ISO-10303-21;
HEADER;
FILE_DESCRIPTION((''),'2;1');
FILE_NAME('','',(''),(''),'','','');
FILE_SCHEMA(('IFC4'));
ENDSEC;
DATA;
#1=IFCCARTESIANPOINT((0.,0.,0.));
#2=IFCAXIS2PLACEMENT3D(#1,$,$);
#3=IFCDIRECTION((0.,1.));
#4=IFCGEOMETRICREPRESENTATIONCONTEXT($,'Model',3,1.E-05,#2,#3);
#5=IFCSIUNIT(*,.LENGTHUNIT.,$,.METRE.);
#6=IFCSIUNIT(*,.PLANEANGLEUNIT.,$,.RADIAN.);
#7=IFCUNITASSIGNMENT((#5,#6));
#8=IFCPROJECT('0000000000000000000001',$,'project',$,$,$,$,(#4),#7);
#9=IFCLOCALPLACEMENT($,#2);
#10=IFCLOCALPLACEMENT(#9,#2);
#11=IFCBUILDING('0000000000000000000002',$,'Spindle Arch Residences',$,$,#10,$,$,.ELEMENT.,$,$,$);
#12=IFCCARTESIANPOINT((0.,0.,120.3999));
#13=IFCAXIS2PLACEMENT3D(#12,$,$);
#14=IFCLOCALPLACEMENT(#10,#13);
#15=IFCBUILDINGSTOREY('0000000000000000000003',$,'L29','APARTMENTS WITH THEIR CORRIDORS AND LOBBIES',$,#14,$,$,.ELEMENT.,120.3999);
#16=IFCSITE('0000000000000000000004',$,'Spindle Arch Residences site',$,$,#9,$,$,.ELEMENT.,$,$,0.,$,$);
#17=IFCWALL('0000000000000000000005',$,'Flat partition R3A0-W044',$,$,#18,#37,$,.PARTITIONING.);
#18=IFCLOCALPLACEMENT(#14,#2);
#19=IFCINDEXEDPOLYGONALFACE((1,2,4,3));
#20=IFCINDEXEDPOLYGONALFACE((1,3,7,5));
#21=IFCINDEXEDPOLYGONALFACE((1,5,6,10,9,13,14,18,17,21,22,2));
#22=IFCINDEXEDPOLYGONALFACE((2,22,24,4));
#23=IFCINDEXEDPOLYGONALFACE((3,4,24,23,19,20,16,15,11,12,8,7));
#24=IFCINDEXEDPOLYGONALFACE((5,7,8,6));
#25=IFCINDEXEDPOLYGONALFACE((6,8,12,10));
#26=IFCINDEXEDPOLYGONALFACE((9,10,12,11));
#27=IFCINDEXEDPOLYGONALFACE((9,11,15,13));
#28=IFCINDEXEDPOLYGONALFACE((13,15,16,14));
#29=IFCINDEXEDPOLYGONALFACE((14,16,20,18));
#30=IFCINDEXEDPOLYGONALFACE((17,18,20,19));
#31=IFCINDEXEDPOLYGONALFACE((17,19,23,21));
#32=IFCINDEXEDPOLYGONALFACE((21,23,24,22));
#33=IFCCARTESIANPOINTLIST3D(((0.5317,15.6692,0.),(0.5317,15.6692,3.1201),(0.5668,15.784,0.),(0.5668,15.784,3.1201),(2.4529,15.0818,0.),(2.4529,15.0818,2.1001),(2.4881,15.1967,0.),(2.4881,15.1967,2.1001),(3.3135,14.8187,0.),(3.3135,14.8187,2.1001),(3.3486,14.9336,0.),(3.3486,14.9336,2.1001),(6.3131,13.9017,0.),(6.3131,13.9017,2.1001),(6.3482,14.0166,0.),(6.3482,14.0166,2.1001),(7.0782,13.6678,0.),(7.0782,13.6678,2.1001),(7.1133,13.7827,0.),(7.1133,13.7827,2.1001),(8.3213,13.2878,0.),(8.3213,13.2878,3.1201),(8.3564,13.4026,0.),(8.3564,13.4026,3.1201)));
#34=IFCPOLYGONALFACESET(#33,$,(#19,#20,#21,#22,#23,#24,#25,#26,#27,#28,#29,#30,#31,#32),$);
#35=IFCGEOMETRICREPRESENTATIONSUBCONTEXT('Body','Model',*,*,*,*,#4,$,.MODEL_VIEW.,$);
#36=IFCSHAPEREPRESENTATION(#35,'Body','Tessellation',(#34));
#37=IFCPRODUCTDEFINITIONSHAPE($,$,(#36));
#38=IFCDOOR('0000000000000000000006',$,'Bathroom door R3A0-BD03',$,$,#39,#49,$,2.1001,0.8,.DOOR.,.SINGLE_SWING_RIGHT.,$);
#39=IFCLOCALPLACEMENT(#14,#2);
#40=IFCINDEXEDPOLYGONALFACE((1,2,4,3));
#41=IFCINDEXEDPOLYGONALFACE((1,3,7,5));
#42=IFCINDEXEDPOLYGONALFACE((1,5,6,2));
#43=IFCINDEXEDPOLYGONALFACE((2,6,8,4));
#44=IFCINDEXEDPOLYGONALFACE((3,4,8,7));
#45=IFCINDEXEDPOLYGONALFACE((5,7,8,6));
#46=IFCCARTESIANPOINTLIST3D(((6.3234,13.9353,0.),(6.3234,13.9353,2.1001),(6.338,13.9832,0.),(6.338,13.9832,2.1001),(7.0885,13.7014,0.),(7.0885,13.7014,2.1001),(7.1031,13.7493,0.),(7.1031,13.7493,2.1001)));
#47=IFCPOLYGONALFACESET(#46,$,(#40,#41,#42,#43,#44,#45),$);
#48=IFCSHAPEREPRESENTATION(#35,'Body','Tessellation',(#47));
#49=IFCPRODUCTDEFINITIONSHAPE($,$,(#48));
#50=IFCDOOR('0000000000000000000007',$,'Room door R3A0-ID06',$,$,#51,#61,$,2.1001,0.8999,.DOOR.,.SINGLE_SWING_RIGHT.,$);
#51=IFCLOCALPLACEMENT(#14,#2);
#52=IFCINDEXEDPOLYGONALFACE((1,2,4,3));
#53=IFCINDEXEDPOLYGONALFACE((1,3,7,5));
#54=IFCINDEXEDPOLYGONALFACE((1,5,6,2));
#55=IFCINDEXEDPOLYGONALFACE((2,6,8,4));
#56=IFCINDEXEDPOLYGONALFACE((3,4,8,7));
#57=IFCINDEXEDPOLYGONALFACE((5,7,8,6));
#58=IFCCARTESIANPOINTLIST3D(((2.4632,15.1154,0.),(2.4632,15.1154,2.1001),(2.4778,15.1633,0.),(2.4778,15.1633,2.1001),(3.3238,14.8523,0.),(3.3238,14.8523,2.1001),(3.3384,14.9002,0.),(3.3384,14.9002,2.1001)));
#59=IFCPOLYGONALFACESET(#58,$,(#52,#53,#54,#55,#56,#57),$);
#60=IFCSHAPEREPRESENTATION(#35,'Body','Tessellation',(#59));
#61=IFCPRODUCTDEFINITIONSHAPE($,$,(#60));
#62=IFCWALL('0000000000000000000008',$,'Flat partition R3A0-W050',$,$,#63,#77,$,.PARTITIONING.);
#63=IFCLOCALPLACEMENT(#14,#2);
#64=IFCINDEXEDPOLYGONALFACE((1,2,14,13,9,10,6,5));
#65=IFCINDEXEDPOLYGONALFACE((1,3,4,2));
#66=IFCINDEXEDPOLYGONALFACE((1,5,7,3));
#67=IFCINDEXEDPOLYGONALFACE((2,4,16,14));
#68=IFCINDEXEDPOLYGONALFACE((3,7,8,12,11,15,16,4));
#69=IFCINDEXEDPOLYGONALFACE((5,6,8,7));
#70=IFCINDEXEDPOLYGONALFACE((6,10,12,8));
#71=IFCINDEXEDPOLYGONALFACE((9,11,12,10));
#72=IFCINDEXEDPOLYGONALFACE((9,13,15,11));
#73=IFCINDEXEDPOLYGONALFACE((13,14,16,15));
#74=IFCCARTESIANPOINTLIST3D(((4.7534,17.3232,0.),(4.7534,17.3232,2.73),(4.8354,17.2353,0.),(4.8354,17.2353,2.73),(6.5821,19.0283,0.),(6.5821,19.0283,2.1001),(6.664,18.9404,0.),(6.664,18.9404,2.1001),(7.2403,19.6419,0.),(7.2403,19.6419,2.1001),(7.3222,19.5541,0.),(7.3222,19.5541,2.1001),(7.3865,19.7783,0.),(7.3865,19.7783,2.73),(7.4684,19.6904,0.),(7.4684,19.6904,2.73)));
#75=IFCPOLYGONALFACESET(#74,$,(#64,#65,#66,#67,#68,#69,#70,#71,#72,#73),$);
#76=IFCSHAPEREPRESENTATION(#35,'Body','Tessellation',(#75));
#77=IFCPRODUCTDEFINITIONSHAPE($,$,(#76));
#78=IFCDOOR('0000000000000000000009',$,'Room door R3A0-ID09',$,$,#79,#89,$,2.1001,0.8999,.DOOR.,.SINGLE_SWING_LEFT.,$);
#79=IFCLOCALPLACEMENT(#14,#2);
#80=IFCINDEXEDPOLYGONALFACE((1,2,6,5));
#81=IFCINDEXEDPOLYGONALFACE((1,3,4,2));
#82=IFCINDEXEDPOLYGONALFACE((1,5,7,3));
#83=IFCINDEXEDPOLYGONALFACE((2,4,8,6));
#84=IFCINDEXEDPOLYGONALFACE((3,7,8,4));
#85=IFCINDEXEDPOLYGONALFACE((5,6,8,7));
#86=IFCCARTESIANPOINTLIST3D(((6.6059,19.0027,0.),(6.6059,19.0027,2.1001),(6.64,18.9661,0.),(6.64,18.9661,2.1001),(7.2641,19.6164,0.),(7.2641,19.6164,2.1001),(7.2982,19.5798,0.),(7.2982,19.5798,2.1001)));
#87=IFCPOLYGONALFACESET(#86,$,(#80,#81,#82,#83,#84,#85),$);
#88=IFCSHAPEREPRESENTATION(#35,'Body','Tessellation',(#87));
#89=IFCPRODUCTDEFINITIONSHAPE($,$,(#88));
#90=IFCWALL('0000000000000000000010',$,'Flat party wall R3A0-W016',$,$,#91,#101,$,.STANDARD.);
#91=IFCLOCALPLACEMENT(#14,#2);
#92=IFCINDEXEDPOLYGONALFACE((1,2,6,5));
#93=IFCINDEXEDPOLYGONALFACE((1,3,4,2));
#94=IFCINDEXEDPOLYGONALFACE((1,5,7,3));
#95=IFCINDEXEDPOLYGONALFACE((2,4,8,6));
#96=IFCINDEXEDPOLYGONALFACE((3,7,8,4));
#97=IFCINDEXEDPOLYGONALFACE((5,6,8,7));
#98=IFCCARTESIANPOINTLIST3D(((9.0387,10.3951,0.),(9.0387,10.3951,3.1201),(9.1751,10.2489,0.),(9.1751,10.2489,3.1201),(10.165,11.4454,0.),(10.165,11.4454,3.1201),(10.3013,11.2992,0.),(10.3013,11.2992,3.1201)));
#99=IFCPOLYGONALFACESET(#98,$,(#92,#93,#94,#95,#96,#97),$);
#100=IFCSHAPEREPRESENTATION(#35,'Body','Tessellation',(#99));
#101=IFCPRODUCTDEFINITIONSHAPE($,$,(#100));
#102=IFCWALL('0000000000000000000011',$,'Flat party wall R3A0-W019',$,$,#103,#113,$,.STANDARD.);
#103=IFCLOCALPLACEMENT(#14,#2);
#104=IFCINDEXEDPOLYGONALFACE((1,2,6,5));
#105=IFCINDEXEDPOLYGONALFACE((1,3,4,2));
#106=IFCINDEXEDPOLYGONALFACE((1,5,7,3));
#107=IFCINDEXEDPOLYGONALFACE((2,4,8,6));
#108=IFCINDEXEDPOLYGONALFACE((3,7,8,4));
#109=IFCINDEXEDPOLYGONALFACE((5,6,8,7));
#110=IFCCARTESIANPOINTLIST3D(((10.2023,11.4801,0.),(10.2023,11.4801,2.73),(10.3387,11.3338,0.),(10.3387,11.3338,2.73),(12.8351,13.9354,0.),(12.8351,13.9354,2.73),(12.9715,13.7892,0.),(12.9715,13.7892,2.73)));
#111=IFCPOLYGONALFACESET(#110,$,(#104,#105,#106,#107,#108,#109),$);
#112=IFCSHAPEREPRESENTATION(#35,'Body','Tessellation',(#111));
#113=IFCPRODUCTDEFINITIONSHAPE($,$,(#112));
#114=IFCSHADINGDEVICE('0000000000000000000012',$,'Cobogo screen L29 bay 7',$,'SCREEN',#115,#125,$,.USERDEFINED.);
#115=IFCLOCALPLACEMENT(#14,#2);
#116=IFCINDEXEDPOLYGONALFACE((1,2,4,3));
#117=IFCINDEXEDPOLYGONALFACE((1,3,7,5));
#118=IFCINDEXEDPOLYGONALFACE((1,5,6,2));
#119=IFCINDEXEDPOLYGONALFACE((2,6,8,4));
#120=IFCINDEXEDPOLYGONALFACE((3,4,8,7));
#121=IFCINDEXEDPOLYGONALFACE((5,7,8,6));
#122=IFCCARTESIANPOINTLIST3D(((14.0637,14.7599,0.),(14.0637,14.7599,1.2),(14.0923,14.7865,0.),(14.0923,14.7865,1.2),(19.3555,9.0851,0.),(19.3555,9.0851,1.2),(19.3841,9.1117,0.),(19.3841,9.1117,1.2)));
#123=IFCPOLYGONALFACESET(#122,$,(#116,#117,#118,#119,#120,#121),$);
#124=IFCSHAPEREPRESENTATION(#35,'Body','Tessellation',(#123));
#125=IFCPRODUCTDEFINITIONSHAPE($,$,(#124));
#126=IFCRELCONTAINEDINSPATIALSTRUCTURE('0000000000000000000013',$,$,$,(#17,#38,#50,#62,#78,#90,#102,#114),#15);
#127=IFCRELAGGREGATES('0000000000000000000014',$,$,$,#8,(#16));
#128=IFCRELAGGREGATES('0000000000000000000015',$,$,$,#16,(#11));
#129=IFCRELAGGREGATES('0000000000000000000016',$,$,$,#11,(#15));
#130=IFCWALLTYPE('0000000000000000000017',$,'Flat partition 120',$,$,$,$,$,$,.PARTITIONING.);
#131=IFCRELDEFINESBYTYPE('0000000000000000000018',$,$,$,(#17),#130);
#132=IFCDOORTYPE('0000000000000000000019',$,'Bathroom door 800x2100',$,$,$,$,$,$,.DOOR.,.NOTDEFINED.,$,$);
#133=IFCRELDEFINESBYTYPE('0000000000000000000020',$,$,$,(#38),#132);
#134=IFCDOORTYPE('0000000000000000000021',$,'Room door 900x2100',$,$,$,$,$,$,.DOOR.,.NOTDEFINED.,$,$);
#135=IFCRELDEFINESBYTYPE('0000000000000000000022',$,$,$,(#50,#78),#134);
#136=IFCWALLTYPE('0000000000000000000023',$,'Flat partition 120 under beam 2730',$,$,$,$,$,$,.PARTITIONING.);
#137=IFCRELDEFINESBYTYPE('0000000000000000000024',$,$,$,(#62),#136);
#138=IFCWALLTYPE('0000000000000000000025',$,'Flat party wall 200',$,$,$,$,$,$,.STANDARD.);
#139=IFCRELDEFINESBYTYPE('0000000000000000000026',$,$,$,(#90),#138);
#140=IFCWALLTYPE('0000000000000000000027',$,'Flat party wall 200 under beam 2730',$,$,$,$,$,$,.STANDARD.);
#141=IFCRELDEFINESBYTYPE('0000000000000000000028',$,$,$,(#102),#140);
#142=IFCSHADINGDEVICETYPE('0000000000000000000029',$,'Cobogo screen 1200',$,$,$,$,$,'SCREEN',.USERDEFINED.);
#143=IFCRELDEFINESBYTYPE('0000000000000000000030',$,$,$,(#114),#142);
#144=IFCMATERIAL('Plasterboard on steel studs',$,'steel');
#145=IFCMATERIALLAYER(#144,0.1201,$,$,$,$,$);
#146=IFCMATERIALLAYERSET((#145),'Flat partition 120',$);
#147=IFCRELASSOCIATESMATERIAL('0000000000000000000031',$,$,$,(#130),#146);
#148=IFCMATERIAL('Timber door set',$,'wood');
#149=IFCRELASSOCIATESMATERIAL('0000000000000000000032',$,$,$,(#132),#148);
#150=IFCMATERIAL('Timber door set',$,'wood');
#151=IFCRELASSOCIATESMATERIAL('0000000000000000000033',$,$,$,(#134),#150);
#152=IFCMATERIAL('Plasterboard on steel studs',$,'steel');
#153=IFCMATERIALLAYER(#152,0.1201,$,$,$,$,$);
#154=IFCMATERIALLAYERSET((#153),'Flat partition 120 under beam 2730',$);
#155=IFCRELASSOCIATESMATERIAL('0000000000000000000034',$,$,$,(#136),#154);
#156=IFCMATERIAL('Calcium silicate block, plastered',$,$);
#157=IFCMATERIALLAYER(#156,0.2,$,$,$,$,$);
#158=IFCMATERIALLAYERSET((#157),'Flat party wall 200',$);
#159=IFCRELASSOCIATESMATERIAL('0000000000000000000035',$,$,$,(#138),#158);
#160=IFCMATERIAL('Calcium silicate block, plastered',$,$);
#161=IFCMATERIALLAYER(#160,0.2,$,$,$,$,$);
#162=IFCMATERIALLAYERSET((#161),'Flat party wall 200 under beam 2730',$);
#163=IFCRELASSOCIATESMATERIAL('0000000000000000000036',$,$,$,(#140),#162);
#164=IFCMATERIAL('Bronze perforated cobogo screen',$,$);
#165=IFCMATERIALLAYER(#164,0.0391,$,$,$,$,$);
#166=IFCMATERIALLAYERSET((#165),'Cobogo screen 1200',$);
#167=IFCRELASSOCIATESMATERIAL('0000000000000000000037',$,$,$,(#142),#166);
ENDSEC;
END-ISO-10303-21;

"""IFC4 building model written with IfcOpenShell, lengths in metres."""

from ifc_helpers import new_model, si_unit, direction, frame, frame_2d, origin, origin_2d, place, context, subcontext, project, spatial, rectangle, extrude, material, layer, layer_set, type_object, element, fill, save


model = new_model("IFC4")

# Units and contexts
model_context = context("Model", 3, precision=1e-05, world=origin(), true_north=direction((0.0, 1.0)))
body_context = subcontext(model_context, "Body", "Model", "MODEL_VIEW")
ifc_project = project(units=[si_unit("LENGTHUNIT", "METRE"), si_unit("PLANEANGLEUNIT", "RADIAN")], contexts=[model_context])

# Site, building, storey
site_placement = place(None, origin())
site = spatial("IfcSite", under=ifc_project, at=site_placement, Name="Spindle Arch Residences site", CompositionType="ELEMENT", RefElevation=0.0)
building_placement = place(site_placement, origin())
building = spatial("IfcBuilding", under=site, at=building_placement, Name="Spindle Arch Residences", CompositionType="ELEMENT")
storey_placement = place(building_placement, frame((0.0, 0.0, 120.3999)))
storey = spatial("IfcBuildingStorey", under=building, at=storey_placement, Name="L29", Description="APARTMENTS WITH THEIR CORRIDORS AND LOBBIES", CompositionType="ELEMENT", Elevation=120.3999)

# Wall, openings, doors
ifc_material_1 = material(Name="Plasterboard on steel studs", Category="steel")
ifc_layer_1 = layer(ifc_material_1, 0.1201)
ifc_layer_set_1 = layer_set([ifc_layer_1], Name="Flat partition 120")
wall_type_1 = type_object("IfcWallType", Name="Flat partition 120", PredefinedType="PARTITIONING", material=ifc_layer_set_1)
wall_1_placement = place(storey_placement, frame((8.3389, 13.3452, 0.0), z_axis=(0.0, 0.0, 1.0), x_axis=(-0.95631, 0.292354, 0.0)))
wall_1 = element("IfcWall", 1, at=wall_1_placement, inside=storey, type_object=wall_type_1, Name="Flat partition R3A0-W044", PredefinedType="PARTITIONING", context=body_context, shape_type="SweptSolid", body=[
    extrude(rectangle(XDim=8.1455, YDim=0.1201, at=frame_2d((4.0728, 0.0))), origin(), (0.0, 0.0, 1.0), 3.1201),
])
opening_1_placement = place(wall_1_placement, frame((1.3, 0.0, 0.0)))
opening_1 = element("IfcOpeningElement", 2, at=opening_1_placement, cuts=wall_1, PredefinedType="OPENING", context=body_context, shape_type="SweptSolid", body=[
    extrude(rectangle(XDim=0.8, YDim=2.1001, at=frame_2d((0.3999, 1.05))), frame((0.0, 0.0701, 0.0), z_axis=(0.0, -1.0, 0.0), x_axis=(1.0, 0.0, 0.0)), (0.0, 0.0, 1.0), 0.1401),
])
opening_2_placement = place(wall_1_placement, frame((5.2366, 0.0, 0.0)))
opening_2 = element("IfcOpeningElement", 3, at=opening_2_placement, cuts=wall_1, PredefinedType="OPENING", context=body_context, shape_type="SweptSolid", body=[
    extrude(rectangle(XDim=0.8999, YDim=2.1001, at=frame_2d((0.45, 1.05))), frame((0.0, 0.0701, 0.0), z_axis=(0.0, -1.0, 0.0), x_axis=(1.0, 0.0, 0.0)), (0.0, 0.0, 1.0), 0.1401),
])
ifc_material_2 = material(Name="Timber door set", Category="wood")
door_type_1 = type_object("IfcDoorType", Name="Bathroom door 800x2100", OperationType="NOTDEFINED", PredefinedType="DOOR", material=ifc_material_2)
door_1_placement = place(opening_1_placement, origin())
door_1 = element("IfcDoor", 4, at=door_1_placement, inside=storey, type_object=door_type_1, Name="Bathroom door R3A0-BD03", OperationType="SINGLE_SWING_RIGHT", OverallHeight=2.1001, OverallWidth=0.8, PredefinedType="DOOR", context=body_context, shape_type="SweptSolid", body=[
    extrude(rectangle(XDim=0.8, YDim=2.1001, at=frame_2d((0.3999, 1.05))), frame((0.0, 0.0249, 0.0), z_axis=(0.0, -1.0, 0.0), x_axis=(1.0, 0.0, 0.0)), (0.0, 0.0, 1.0), 0.05),
])
fill(opening_1, door_1)
ifc_material_3 = material(Name="Timber door set", Category="wood")
door_type_2 = type_object("IfcDoorType", Name="Room door 900x2100", OperationType="NOTDEFINED", PredefinedType="DOOR", material=ifc_material_3)
door_2_placement = place(opening_2_placement, origin())
door_2 = element("IfcDoor", 5, at=door_2_placement, inside=storey, type_object=door_type_2, Name="Room door R3A0-ID06", OperationType="SINGLE_SWING_RIGHT", OverallHeight=2.1001, OverallWidth=0.8999, PredefinedType="DOOR", context=body_context, shape_type="SweptSolid", body=[
    extrude(rectangle(XDim=0.8999, YDim=2.1001, at=frame_2d((0.45, 1.05))), frame((0.0, 0.0249, 0.0), z_axis=(0.0, -1.0, 0.0), x_axis=(1.0, 0.0, 0.0)), (0.0, 0.0, 1.0), 0.05),
])
fill(opening_2, door_2)

# Wall, opening, door
ifc_material_4 = material(Name="Plasterboard on steel studs", Category="steel")
ifc_layer_2 = layer(ifc_material_4, 0.1201)
ifc_layer_set_2 = layer_set([ifc_layer_2], Name="Flat partition 120 under beam 2730")
wall_type_2 = type_object("IfcWallType", Name="Flat partition 120 under beam 2730", PredefinedType="PARTITIONING", material=ifc_layer_set_2)
wall_2_placement = place(storey_placement, frame((7.4275, 19.7344, 0.0), z_axis=(0.0, 0.0, 1.0), x_axis=(-0.731393, -0.681956, 0.0)))
wall_2 = element("IfcWall", 6, at=wall_2_placement, inside=storey, type_object=wall_type_2, Name="Flat partition R3A0-W050", PredefinedType="PARTITIONING", context=body_context, shape_type="SweptSolid", body=[
    extrude(rectangle(XDim=3.6001, YDim=0.1201, at=frame_2d((1.8, 0.0))), origin(), (0.0, 0.0, 1.0), 2.73),
])
opening_3_placement = place(wall_2_placement, frame((0.2, 0.0, 0.0)))
opening_3 = element("IfcOpeningElement", 7, at=opening_3_placement, cuts=wall_2, PredefinedType="OPENING", context=body_context, shape_type="SweptSolid", body=[
    extrude(rectangle(XDim=0.8999, YDim=2.1001, at=frame_2d((0.45, 1.05))), frame((0.0, 0.0701, 0.0), z_axis=(0.0, -1.0, 0.0), x_axis=(1.0, 0.0, 0.0)), (0.0, 0.0, 1.0), 0.1401),
])
door_3_placement = place(opening_3_placement, origin())
door_3 = element("IfcDoor", 8, at=door_3_placement, inside=storey, type_object=door_type_2, Name="Room door R3A0-ID09", OperationType="SINGLE_SWING_LEFT", OverallHeight=2.1001, OverallWidth=0.8999, PredefinedType="DOOR", context=body_context, shape_type="SweptSolid", body=[
    extrude(rectangle(XDim=0.8999, YDim=2.1001, at=frame_2d((0.45, 1.05))), frame((0.0, 0.0249, 0.0), z_axis=(0.0, -1.0, 0.0), x_axis=(1.0, 0.0, 0.0)), (0.0, 0.0, 1.0), 0.05),
])
fill(opening_3, door_3)

# Walls
ifc_material_5 = material(Name="Calcium silicate block, plastered")
ifc_layer_3 = layer(ifc_material_5, 0.2)
ifc_layer_set_3 = layer_set([ifc_layer_3], Name="Flat party wall 200")
wall_type_3 = type_object("IfcWallType", Name="Flat party wall 200", PredefinedType="STANDARD", material=ifc_layer_set_3)
wall_3_placement = place(storey_placement, frame((10.2332, 11.3723, 0.0), z_axis=(0.0, 0.0, 1.0), x_axis=(-0.731329, -0.682024, 0.0)))
element("IfcWall", 9, at=wall_3_placement, inside=storey, type_object=wall_type_3, Name="Flat party wall R3A0-W016", PredefinedType="STANDARD", context=body_context, shape_type="SweptSolid", body=[
    extrude(rectangle(XDim=1.54, YDim=0.2, at=frame_2d((0.77, 0.0))), origin(), (0.0, 0.0, 1.0), 3.1201),
])
ifc_material_6 = material(Name="Calcium silicate block, plastered")
ifc_layer_4 = layer(ifc_material_6, 0.2)
ifc_layer_set_4 = layer_set([ifc_layer_4], Name="Flat party wall 200 under beam 2730")
wall_type_4 = type_object("IfcWallType", Name="Flat party wall 200 under beam 2730", PredefinedType="STANDARD", material=ifc_layer_set_4)
wall_4_placement = place(storey_placement, frame((12.9033, 13.8623, 0.0), z_axis=(0.0, 0.0, 1.0), x_axis=(-0.731328, -0.682026, 0.0)))
element("IfcWall", 10, at=wall_4_placement, inside=storey, type_object=wall_type_4, Name="Flat party wall R3A0-W019", PredefinedType="STANDARD", context=body_context, shape_type="SweptSolid", body=[
    extrude(rectangle(XDim=3.6001, YDim=0.2, at=frame_2d((1.8, 0.0))), origin(), (0.0, 0.0, 1.0), 2.73),
])

# Shading device
ifc_material_7 = material(Name="Bronze perforated cobogo screen")
ifc_layer_5 = layer(ifc_material_7, 0.0391)
ifc_layer_set_5 = layer_set([ifc_layer_5], Name="Cobogo screen 1200")
shading_device_type = type_object("IfcShadingDeviceType", Name="Cobogo screen 1200", ElementType="SCREEN", PredefinedType="USERDEFINED", material=ifc_layer_set_5)
shading_device_placement = place(storey_placement, frame((16.7239, 11.9358, 0.0), z_axis=(0.0, 0.0, 1.0), x_axis=(-0.681998, 0.731354, 0.0)))
element("IfcShadingDevice", 11, at=shading_device_placement, inside=storey, type_object=shading_device_type, Name="Cobogo screen L29 bay 7", ObjectType="SCREEN", PredefinedType="USERDEFINED", context=body_context, shape_type="SweptSolid", body=[
    extrude(rectangle(XDim=7.7593, YDim=0.0391, at=origin_2d()), origin(), (0.0, 0.0, 1.0), 1.2),
])

save(model, "model.ifc")
